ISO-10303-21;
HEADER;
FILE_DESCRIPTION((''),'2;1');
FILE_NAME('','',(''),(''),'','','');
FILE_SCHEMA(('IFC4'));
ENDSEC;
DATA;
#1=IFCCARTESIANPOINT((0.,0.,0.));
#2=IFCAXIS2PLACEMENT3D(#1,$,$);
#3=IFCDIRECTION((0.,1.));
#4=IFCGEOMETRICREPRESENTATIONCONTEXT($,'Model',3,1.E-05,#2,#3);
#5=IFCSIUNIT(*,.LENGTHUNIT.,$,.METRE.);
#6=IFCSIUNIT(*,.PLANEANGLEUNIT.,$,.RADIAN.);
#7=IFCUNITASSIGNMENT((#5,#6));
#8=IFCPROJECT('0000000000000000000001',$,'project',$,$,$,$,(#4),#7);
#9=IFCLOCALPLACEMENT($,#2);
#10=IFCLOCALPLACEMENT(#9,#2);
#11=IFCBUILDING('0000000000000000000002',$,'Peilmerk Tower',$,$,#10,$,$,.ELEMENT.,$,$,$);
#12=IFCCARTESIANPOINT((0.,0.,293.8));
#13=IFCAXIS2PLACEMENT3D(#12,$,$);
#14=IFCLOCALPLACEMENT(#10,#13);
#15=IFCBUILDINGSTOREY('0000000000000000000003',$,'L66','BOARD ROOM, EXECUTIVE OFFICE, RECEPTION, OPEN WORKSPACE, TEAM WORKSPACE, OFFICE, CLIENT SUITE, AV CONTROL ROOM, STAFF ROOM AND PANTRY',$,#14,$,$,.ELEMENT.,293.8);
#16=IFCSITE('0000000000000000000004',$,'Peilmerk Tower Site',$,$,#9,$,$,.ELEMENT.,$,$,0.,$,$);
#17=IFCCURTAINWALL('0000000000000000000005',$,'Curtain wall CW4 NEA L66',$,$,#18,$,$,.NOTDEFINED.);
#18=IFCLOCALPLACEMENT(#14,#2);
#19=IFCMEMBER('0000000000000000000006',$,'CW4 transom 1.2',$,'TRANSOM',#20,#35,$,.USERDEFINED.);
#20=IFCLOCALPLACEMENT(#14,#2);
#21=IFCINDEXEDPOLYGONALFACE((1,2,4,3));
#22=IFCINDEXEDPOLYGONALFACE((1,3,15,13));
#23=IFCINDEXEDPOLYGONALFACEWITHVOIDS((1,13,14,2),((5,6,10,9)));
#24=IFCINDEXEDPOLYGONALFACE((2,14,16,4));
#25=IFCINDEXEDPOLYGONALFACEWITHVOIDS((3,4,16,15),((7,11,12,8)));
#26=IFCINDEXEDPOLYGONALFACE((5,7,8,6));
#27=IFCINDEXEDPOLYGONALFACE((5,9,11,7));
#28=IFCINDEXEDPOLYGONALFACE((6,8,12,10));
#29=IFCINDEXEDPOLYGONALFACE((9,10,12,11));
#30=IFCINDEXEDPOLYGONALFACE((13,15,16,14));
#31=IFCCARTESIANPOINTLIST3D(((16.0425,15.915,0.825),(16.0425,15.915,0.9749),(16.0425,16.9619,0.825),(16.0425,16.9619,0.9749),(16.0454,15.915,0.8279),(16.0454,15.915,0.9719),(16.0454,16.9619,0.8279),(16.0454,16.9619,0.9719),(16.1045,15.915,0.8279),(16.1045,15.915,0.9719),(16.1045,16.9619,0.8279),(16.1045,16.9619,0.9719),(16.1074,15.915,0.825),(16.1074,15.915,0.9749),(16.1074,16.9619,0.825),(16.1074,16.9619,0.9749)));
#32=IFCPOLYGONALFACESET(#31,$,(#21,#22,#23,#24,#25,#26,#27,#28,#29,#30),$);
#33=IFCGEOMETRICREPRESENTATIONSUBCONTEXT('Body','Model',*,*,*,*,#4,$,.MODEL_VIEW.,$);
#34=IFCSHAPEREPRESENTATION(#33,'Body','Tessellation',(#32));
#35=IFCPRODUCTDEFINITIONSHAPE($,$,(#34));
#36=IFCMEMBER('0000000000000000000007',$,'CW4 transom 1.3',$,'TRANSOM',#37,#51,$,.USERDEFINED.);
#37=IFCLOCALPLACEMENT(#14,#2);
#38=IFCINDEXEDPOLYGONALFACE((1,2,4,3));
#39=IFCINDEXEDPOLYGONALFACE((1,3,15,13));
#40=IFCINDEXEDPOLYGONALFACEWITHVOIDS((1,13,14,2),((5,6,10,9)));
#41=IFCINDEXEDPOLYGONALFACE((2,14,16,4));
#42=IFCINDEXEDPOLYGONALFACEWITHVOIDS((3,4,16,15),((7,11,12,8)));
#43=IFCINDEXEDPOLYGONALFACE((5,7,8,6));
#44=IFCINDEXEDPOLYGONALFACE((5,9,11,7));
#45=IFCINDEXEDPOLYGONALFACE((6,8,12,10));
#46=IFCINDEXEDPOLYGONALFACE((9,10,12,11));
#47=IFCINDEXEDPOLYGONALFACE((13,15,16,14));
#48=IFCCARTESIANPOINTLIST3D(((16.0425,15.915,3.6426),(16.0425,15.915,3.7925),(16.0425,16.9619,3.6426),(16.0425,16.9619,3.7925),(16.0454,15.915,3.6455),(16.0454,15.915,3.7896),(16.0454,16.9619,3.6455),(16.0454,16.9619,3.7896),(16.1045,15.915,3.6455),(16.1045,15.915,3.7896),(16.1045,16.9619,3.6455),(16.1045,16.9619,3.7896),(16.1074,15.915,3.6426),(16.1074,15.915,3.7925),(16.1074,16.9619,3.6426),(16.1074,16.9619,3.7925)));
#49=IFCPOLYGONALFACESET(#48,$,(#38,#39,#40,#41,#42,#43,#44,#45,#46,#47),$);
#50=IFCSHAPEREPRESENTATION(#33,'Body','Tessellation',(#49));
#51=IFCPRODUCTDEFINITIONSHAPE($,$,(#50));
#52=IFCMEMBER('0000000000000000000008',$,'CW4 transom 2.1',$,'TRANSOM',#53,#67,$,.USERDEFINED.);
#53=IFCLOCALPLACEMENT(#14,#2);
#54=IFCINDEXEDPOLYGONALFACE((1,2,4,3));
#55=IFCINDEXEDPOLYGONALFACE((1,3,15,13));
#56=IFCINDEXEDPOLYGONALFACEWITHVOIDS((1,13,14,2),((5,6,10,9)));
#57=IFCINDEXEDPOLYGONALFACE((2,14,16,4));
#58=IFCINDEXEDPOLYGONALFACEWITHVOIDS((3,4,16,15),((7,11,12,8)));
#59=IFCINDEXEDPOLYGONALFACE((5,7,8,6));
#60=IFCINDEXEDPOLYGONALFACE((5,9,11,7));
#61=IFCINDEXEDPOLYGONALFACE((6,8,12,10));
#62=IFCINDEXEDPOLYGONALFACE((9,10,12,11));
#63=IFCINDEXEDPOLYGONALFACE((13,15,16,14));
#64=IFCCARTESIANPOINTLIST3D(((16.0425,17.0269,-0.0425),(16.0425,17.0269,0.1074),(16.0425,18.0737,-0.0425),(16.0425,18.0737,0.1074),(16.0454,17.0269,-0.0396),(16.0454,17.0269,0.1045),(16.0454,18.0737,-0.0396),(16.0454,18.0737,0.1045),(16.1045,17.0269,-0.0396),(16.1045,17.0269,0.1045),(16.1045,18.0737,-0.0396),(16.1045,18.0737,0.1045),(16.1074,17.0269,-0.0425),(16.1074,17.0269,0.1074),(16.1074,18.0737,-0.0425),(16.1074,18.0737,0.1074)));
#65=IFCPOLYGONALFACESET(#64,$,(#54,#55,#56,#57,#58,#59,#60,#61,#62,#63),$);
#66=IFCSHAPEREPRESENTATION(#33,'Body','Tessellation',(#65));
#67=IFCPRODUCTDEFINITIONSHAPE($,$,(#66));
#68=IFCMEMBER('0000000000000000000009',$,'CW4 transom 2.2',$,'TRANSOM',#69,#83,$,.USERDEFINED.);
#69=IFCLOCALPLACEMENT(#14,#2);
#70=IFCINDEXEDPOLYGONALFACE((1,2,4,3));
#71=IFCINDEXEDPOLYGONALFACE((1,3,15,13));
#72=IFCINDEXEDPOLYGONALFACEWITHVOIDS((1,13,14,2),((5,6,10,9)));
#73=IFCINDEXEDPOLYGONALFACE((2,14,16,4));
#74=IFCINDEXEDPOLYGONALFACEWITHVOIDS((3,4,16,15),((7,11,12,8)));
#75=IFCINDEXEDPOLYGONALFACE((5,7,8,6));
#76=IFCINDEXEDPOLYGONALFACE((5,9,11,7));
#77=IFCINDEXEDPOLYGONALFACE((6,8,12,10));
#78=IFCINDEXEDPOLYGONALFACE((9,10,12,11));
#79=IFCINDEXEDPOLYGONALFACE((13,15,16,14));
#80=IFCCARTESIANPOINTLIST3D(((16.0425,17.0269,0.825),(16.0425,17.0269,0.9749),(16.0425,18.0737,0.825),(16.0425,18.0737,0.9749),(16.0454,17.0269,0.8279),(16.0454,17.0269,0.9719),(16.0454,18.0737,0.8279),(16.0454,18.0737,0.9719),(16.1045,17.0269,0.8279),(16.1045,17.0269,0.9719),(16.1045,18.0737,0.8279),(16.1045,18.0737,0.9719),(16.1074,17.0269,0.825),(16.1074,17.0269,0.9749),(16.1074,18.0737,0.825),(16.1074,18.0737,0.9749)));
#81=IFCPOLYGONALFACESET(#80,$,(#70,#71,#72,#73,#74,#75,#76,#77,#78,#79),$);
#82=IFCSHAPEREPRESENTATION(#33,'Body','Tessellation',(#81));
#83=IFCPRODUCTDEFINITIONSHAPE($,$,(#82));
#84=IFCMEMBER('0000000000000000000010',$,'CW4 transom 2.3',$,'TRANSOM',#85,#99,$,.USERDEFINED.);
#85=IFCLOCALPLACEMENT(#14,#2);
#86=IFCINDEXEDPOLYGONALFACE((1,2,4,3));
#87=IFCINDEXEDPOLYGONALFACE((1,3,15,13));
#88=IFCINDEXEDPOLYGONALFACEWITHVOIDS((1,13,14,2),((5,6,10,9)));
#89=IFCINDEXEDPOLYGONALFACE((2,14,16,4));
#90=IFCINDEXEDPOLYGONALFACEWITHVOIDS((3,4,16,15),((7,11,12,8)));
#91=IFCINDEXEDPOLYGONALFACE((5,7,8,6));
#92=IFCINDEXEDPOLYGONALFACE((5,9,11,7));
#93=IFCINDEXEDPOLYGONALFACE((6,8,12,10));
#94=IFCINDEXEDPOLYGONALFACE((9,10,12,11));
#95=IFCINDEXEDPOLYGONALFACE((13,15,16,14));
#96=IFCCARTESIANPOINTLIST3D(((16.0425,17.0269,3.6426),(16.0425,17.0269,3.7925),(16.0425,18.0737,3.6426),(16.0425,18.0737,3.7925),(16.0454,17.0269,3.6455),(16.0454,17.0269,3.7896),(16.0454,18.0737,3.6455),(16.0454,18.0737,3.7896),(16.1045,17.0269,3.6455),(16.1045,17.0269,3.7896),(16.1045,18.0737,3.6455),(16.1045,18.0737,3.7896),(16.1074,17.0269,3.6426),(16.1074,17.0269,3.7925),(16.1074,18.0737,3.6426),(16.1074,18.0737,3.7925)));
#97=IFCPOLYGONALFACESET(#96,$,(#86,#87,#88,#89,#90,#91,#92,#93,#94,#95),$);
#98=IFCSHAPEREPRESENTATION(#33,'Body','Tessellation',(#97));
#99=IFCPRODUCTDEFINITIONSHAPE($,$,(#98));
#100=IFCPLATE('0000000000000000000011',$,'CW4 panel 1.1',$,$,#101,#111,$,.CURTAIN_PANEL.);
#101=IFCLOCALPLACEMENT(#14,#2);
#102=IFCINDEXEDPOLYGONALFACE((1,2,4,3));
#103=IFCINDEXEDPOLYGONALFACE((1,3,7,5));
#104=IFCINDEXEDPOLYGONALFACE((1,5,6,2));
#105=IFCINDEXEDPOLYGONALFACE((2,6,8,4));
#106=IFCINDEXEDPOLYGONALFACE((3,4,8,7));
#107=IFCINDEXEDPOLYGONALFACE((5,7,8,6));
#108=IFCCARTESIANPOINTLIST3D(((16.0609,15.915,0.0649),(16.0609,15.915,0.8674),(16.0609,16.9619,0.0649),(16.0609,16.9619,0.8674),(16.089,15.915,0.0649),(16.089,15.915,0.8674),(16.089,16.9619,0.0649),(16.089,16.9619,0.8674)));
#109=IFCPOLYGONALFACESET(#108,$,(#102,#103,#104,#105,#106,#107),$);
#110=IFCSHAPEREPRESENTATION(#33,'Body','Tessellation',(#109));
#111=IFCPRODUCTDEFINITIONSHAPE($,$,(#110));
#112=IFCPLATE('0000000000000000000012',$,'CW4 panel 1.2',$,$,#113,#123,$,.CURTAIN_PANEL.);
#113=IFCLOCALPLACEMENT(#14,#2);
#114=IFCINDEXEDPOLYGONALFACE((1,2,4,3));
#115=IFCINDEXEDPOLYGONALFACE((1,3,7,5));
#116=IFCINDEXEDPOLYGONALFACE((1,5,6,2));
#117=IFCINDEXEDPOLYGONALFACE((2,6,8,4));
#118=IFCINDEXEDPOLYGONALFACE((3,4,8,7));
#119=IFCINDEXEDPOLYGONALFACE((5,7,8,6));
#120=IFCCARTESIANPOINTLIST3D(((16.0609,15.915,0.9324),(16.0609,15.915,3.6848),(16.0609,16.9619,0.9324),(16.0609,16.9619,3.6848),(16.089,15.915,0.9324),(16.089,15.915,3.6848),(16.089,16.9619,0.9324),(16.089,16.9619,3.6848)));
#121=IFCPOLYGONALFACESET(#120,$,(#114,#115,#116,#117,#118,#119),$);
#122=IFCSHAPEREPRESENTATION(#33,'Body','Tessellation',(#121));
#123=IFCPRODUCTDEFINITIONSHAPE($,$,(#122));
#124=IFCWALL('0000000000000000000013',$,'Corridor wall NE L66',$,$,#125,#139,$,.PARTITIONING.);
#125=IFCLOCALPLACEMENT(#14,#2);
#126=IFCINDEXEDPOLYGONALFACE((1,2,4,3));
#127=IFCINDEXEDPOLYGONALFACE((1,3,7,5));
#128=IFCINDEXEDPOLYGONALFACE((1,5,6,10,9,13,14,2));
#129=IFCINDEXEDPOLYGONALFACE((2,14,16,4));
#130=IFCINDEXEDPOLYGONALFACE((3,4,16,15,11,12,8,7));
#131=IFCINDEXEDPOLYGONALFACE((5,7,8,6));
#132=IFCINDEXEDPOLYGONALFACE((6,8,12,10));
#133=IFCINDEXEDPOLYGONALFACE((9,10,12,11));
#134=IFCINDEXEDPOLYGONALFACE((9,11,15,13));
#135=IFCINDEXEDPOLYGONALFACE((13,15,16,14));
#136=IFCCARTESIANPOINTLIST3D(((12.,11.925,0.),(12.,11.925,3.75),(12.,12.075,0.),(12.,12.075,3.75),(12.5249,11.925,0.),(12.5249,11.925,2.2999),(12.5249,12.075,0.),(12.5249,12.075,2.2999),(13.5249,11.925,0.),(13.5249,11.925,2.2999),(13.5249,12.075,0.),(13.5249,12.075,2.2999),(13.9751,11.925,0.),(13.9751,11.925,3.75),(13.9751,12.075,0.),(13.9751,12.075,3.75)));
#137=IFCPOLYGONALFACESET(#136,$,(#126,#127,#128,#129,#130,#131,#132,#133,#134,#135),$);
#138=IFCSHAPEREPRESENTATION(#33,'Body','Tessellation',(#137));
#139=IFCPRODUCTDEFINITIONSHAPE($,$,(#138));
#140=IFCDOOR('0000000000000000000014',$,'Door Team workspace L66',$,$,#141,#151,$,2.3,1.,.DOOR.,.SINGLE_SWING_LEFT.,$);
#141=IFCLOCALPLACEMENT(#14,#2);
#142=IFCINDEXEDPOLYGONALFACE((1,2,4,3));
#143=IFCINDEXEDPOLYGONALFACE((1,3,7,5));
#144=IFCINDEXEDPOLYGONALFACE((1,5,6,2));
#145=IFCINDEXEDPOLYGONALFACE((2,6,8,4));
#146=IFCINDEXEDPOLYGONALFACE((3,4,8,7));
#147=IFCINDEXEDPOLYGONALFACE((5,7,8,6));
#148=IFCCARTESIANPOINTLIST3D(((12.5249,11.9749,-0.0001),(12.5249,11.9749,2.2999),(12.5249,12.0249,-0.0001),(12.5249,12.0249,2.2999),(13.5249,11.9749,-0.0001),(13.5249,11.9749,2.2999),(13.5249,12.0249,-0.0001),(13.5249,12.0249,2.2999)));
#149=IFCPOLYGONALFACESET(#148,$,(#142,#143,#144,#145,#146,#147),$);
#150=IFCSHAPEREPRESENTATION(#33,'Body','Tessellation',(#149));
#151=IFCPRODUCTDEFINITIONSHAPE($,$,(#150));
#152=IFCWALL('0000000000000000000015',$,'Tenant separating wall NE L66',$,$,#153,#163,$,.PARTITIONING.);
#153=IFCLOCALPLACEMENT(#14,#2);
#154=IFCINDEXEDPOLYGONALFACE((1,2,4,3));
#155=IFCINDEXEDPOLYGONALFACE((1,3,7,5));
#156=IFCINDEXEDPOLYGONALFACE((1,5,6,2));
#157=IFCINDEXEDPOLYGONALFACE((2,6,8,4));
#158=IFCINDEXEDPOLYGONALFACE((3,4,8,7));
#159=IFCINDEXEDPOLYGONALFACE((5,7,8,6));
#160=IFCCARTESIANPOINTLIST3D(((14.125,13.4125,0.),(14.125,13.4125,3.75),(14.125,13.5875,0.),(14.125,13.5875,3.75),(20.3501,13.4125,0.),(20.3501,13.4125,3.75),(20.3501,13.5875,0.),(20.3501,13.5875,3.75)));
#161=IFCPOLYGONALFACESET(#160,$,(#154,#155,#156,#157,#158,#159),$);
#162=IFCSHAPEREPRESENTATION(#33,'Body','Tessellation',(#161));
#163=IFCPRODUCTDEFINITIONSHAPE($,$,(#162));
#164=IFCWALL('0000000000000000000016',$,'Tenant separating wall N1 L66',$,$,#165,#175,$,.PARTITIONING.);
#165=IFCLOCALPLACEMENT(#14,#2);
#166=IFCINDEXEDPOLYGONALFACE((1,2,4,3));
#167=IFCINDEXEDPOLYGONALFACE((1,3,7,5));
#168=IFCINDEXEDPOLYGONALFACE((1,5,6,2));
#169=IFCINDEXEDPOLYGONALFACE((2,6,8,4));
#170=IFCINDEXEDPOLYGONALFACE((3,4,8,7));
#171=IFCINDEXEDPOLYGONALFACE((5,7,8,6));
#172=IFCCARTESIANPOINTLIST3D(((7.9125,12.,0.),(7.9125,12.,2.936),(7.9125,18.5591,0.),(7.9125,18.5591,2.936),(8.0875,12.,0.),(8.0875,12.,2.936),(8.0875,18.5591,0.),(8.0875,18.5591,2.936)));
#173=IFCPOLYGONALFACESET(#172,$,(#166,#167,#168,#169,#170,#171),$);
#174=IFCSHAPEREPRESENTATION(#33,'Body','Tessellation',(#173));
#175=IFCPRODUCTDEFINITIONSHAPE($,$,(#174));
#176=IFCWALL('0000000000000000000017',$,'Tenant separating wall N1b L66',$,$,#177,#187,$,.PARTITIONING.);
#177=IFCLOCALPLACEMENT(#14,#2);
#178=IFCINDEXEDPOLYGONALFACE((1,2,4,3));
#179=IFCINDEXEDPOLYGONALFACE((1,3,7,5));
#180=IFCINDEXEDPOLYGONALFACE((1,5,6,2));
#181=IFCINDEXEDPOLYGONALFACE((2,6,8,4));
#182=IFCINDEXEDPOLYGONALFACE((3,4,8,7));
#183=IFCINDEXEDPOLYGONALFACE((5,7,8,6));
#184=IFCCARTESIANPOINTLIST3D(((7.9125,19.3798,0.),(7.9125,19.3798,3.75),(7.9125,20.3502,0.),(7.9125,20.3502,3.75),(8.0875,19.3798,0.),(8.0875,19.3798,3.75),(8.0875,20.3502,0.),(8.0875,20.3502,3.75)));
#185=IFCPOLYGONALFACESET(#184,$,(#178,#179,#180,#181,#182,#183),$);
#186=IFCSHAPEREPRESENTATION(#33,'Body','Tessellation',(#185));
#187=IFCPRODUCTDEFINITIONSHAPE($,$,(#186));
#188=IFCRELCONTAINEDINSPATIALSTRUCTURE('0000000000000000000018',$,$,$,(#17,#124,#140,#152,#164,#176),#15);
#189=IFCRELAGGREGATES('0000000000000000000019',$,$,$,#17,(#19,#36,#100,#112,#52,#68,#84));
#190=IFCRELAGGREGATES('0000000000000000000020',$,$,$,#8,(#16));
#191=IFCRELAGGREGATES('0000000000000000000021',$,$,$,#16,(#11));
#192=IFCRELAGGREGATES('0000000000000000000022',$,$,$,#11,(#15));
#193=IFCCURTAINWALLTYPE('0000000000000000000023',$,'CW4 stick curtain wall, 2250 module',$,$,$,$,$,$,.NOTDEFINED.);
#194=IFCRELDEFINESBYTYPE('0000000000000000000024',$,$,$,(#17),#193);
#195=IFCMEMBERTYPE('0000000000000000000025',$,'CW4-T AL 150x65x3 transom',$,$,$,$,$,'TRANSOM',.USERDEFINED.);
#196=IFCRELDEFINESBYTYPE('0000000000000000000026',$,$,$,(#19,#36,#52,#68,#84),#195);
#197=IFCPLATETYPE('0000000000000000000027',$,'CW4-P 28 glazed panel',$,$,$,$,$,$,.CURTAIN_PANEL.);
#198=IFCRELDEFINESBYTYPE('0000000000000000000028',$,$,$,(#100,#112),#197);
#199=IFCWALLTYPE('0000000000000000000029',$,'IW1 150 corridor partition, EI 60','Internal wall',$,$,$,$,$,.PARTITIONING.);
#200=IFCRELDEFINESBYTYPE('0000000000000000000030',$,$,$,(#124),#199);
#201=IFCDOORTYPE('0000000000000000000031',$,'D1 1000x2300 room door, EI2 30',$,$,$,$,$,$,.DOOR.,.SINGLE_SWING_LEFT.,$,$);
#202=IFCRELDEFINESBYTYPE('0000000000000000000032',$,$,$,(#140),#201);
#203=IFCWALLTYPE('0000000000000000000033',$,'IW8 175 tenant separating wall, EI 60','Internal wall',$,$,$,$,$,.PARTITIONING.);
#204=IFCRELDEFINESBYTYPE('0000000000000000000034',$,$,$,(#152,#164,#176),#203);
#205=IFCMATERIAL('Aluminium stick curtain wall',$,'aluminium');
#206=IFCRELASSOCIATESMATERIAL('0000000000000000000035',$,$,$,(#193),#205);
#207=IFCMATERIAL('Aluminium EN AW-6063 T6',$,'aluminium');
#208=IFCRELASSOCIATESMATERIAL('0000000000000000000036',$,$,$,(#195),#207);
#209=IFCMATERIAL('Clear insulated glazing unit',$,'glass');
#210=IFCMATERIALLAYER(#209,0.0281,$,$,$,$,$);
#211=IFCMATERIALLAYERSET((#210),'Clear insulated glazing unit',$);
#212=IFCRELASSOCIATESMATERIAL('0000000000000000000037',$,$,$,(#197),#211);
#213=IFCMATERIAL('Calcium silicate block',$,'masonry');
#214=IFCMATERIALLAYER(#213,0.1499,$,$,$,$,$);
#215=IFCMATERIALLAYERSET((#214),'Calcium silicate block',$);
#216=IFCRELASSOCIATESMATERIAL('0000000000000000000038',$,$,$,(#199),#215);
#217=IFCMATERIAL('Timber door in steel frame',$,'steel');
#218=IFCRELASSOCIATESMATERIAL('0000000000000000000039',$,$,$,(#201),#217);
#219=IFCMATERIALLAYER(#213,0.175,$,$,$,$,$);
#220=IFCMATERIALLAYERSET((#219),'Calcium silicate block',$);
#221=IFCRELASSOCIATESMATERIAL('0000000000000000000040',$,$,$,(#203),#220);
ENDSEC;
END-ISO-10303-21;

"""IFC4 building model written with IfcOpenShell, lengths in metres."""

from ifc_helpers import new_model, si_unit, direction, frame, frame_2d, origin, origin_2d, place, context, subcontext, project, spatial, rectangle, hollow_rectangle, extrude, material, layer, layer_set, material_profile, profile_set, type_object, element, fill, aggregate, save


model = new_model("IFC4")

# Units and contexts
model_context = context("Model", 3, precision=1e-05, world=origin(), true_north=direction((0.0, 1.0)))
body_context = subcontext(model_context, "Body", "Model", "MODEL_VIEW")
ifc_project = project(units=[si_unit("LENGTHUNIT", "METRE"), si_unit("PLANEANGLEUNIT", "RADIAN")], contexts=[model_context])

# Site, building, storey
site_placement = place(None, origin())
site = spatial("IfcSite", under=ifc_project, at=site_placement, Name="Peilmerk Tower Site", CompositionType="ELEMENT", RefElevation=0.0)
building_placement = place(site_placement, origin())
building = spatial("IfcBuilding", under=site, at=building_placement, Name="Peilmerk Tower", CompositionType="ELEMENT")
storey_placement = place(building_placement, frame((0.0, 0.0, 293.8)))
storey = spatial("IfcBuildingStorey", under=building, at=storey_placement, Name="L66", Description="BOARD ROOM, EXECUTIVE OFFICE, RECEPTION, OPEN WORKSPACE, TEAM WORKSPACE, OFFICE, CLIENT SUITE, AV CONTROL ROOM, STAFF ROOM AND PANTRY", CompositionType="ELEMENT", Elevation=293.8)

# Curtain wall, members, plates
ifc_material_1 = material(Name="Aluminium stick curtain wall", Category="aluminium")
curtain_wall_type = type_object("IfcCurtainWallType", Name="CW4 stick curtain wall, 2250 module", PredefinedType="NOTDEFINED", material=ifc_material_1)
curtain_wall_placement = place(storey_placement, origin())
curtain_wall = element("IfcCurtainWall", 1, at=curtain_wall_placement, inside=storey, type_object=curtain_wall_type, Name="Curtain wall CW4 NEA L66", PredefinedType="NOTDEFINED")
ifc_material_2 = material(Name="Aluminium EN AW-6063 T6", Category="aluminium")
ifc_material_profile_1 = material_profile(ifc_material_2, hollow_rectangle(XDim=0.0649, YDim=0.1499, WallThickness=0.0029, at=origin_2d()), Name="AL 150x65x3")
ifc_profile_set_1 = profile_set([ifc_material_profile_1], Name="Aluminium EN AW-6063 T6")
member_type_1 = type_object("IfcMemberType", Name="CW4-T AL 150x65x3 transom", ElementType="TRANSOM", PredefinedType="USERDEFINED", material=ifc_profile_set_1)
member_1_placement = place(storey_placement, frame((16.075, 15.915, 0.8999), z_axis=(0.0, 1.0, 0.0), x_axis=(-1.0, 0.0, 0.0)))
member_1 = element("IfcMember", 2, at=member_1_placement, type_object=member_type_1, Name="CW4 transom 1.2", ObjectType="TRANSOM", PredefinedType="USERDEFINED", context=body_context, shape_type="SweptSolid", body=[
    extrude(hollow_rectangle(XDim=0.0649, YDim=0.1499, WallThickness=0.0029, at=origin_2d()), origin(), (0.0, 0.0, 1.0), 1.0469),
])
member_2_placement = place(storey_placement, frame((16.075, 15.915, 3.7175), z_axis=(0.0, 1.0, 0.0), x_axis=(-1.0, 0.0, 0.0)))
member_2 = element("IfcMember", 3, at=member_2_placement, type_object=member_type_1, Name="CW4 transom 1.3", ObjectType="TRANSOM", PredefinedType="USERDEFINED", context=body_context, shape_type="SweptSolid", body=[
    extrude(hollow_rectangle(XDim=0.0649, YDim=0.1499, WallThickness=0.0029, at=origin_2d()), origin(), (0.0, 0.0, 1.0), 1.0469),
])
member_3_placement = place(storey_placement, frame((16.075, 17.0269, 0.0325), z_axis=(0.0, 1.0, 0.0), x_axis=(-1.0, 0.0, 0.0)))
member_3 = element("IfcMember", 4, at=member_3_placement, type_object=member_type_1, Name="CW4 transom 2.1", ObjectType="TRANSOM", PredefinedType="USERDEFINED", context=body_context, shape_type="SweptSolid", body=[
    extrude(hollow_rectangle(XDim=0.0649, YDim=0.1499, WallThickness=0.0029, at=origin_2d()), origin(), (0.0, 0.0, 1.0), 1.0469),
])
member_4_placement = place(storey_placement, frame((16.075, 17.0269, 0.8999), z_axis=(0.0, 1.0, 0.0), x_axis=(-1.0, 0.0, 0.0)))
member_4 = element("IfcMember", 5, at=member_4_placement, type_object=member_type_1, Name="CW4 transom 2.2", ObjectType="TRANSOM", PredefinedType="USERDEFINED", context=body_context, shape_type="SweptSolid", body=[
    extrude(hollow_rectangle(XDim=0.0649, YDim=0.1499, WallThickness=0.0029, at=origin_2d()), origin(), (0.0, 0.0, 1.0), 1.0469),
])
member_5_placement = place(storey_placement, frame((16.075, 17.0269, 3.7175), z_axis=(0.0, 1.0, 0.0), x_axis=(-1.0, 0.0, 0.0)))
member_5 = element("IfcMember", 6, at=member_5_placement, type_object=member_type_1, Name="CW4 transom 2.3", ObjectType="TRANSOM", PredefinedType="USERDEFINED", context=body_context, shape_type="SweptSolid", body=[
    extrude(hollow_rectangle(XDim=0.0649, YDim=0.1499, WallThickness=0.0029, at=origin_2d()), origin(), (0.0, 0.0, 1.0), 1.0469),
])
ifc_material_3 = material(Name="Clear insulated glazing unit", Category="glass")
ifc_layer_1 = layer(ifc_material_3, 0.0281)
ifc_layer_set_1 = layer_set([ifc_layer_1], Name="Clear insulated glazing unit")
plate_type = type_object("IfcPlateType", Name="CW4-P 28 glazed panel", PredefinedType="CURTAIN_PANEL", material=ifc_layer_set_1)
plate_1_placement = place(storey_placement, frame((16.075, 16.4385, 0.0649), z_axis=(0.0, 0.0, 1.0), x_axis=(0.0, 1.0, 0.0)))
plate_1 = element("IfcPlate", 7, at=plate_1_placement, type_object=plate_type, Name="CW4 panel 1.1", PredefinedType="CURTAIN_PANEL", context=body_context, shape_type="SweptSolid", body=[
    extrude(rectangle(XDim=1.0469, YDim=0.0281, at=origin_2d()), origin(), (0.0, 0.0, 1.0), 0.8025),
])
plate_2_placement = place(storey_placement, frame((16.075, 16.4385, 0.9324), z_axis=(0.0, 0.0, 1.0), x_axis=(0.0, 1.0, 0.0)))
plate_2 = element("IfcPlate", 8, at=plate_2_placement, type_object=plate_type, Name="CW4 panel 1.2", PredefinedType="CURTAIN_PANEL", context=body_context, shape_type="SweptSolid", body=[
    extrude(rectangle(XDim=1.0469, YDim=0.0281, at=origin_2d()), origin(), (0.0, 0.0, 1.0), 2.7524),
])
aggregate(curtain_wall, [member_1, member_2, plate_1, plate_2, member_3, member_4, member_5])

# Wall, opening, door
ifc_material_4 = material(Name="Calcium silicate block", Category="masonry")
ifc_layer_2 = layer(ifc_material_4, 0.1499)
ifc_layer_set_2 = layer_set([ifc_layer_2], Name="Calcium silicate block")
wall_type_1 = type_object("IfcWallType", Name="IW1 150 corridor partition, EI 60", Description="Internal wall", PredefinedType="PARTITIONING", material=ifc_layer_set_2)
wall_1_placement = place(storey_placement, frame((12.0, 12.0, 0.0), z_axis=(0.0, 0.0, 1.0), x_axis=(1.0, 0.0, 0.0)))
wall_1 = element("IfcWall", 9, at=wall_1_placement, inside=storey, type_object=wall_type_1, Name="Corridor wall NE L66", PredefinedType="PARTITIONING", context=body_context, shape_type="SweptSolid", body=[
    extrude(rectangle(XDim=1.9751, YDim=0.1499, at=frame_2d((0.9875, 0.0))), origin(), (0.0, 0.0, 1.0), 3.75),
])
opening_placement = place(wall_1_placement, frame((0.5249, 0.0, 0.0)))
opening = element("IfcOpeningElement", 10, at=opening_placement, cuts=wall_1, PredefinedType="OPENING", context=body_context, shape_type="SweptSolid", body=[
    extrude(rectangle(XDim=1.0, YDim=2.3, at=frame_2d((0.5, 1.1499))), frame((0.0, 0.085, 0.0), z_axis=(0.0, -1.0, 0.0), x_axis=(1.0, 0.0, 0.0)), (0.0, 0.0, 1.0), 0.1699),
])
ifc_material_5 = material(Name="Timber door in steel frame", Category="steel")
door_type = type_object("IfcDoorType", Name="D1 1000x2300 room door, EI2 30", OperationType="SINGLE_SWING_LEFT", PredefinedType="DOOR", material=ifc_material_5)
door_placement = place(opening_placement, origin())
door = element("IfcDoor", 11, at=door_placement, inside=storey, type_object=door_type, Name="Door Team workspace L66", OperationType="SINGLE_SWING_LEFT", OverallHeight=2.3, OverallWidth=1.0, PredefinedType="DOOR", context=body_context, shape_type="SweptSolid", body=[
    extrude(rectangle(XDim=1.0, YDim=2.3, at=frame_2d((0.5, 1.1499))), frame((0.0, 0.0249, 0.0), z_axis=(0.0, -1.0, 0.0), x_axis=(1.0, 0.0, 0.0)), (0.0, 0.0, 1.0), 0.05),
])
fill(opening, door)

# Walls
ifc_layer_3 = layer(ifc_material_4, 0.175)
ifc_layer_set_3 = layer_set([ifc_layer_3], Name="Calcium silicate block")
wall_type_2 = type_object("IfcWallType", Name="IW8 175 tenant separating wall, EI 60", Description="Internal wall", PredefinedType="PARTITIONING", material=ifc_layer_set_3)
wall_2_placement = place(storey_placement, frame((14.125, 13.5, 0.0), z_axis=(0.0, 0.0, 1.0), x_axis=(1.0, 0.0, 0.0)))
element("IfcWall", 12, at=wall_2_placement, inside=storey, type_object=wall_type_2, Name="Tenant separating wall NE L66", PredefinedType="PARTITIONING", context=body_context, shape_type="SweptSolid", body=[
    extrude(rectangle(XDim=6.2251, YDim=0.175, at=frame_2d((3.1125, 0.0))), origin(), (0.0, 0.0, 1.0), 3.75),
])
wall_3_placement = place(storey_placement, frame((8.0, 12.0, 0.0), z_axis=(0.0, 0.0, 1.0), x_axis=(0.0, 1.0, 0.0)))
element("IfcWall", 13, at=wall_3_placement, inside=storey, type_object=wall_type_2, Name="Tenant separating wall N1 L66", PredefinedType="PARTITIONING", context=body_context, shape_type="SweptSolid", body=[
    extrude(rectangle(XDim=6.5591, YDim=0.175, at=frame_2d((3.2795, 0.0))), origin(), (0.0, 0.0, 1.0), 2.936),
])
wall_4_placement = place(storey_placement, frame((8.0, 19.3796, 0.0), z_axis=(0.0, 0.0, 1.0), x_axis=(0.0, 1.0, 0.0)))
element("IfcWall", 14, at=wall_4_placement, inside=storey, type_object=wall_type_2, Name="Tenant separating wall N1b L66", PredefinedType="PARTITIONING", context=body_context, shape_type="SweptSolid", body=[
    extrude(rectangle(XDim=0.9705, YDim=0.175, at=frame_2d((0.4854, 0.0))), origin(), (0.0, 0.0, 1.0), 3.75),
])

save(model, "model.ifc")
